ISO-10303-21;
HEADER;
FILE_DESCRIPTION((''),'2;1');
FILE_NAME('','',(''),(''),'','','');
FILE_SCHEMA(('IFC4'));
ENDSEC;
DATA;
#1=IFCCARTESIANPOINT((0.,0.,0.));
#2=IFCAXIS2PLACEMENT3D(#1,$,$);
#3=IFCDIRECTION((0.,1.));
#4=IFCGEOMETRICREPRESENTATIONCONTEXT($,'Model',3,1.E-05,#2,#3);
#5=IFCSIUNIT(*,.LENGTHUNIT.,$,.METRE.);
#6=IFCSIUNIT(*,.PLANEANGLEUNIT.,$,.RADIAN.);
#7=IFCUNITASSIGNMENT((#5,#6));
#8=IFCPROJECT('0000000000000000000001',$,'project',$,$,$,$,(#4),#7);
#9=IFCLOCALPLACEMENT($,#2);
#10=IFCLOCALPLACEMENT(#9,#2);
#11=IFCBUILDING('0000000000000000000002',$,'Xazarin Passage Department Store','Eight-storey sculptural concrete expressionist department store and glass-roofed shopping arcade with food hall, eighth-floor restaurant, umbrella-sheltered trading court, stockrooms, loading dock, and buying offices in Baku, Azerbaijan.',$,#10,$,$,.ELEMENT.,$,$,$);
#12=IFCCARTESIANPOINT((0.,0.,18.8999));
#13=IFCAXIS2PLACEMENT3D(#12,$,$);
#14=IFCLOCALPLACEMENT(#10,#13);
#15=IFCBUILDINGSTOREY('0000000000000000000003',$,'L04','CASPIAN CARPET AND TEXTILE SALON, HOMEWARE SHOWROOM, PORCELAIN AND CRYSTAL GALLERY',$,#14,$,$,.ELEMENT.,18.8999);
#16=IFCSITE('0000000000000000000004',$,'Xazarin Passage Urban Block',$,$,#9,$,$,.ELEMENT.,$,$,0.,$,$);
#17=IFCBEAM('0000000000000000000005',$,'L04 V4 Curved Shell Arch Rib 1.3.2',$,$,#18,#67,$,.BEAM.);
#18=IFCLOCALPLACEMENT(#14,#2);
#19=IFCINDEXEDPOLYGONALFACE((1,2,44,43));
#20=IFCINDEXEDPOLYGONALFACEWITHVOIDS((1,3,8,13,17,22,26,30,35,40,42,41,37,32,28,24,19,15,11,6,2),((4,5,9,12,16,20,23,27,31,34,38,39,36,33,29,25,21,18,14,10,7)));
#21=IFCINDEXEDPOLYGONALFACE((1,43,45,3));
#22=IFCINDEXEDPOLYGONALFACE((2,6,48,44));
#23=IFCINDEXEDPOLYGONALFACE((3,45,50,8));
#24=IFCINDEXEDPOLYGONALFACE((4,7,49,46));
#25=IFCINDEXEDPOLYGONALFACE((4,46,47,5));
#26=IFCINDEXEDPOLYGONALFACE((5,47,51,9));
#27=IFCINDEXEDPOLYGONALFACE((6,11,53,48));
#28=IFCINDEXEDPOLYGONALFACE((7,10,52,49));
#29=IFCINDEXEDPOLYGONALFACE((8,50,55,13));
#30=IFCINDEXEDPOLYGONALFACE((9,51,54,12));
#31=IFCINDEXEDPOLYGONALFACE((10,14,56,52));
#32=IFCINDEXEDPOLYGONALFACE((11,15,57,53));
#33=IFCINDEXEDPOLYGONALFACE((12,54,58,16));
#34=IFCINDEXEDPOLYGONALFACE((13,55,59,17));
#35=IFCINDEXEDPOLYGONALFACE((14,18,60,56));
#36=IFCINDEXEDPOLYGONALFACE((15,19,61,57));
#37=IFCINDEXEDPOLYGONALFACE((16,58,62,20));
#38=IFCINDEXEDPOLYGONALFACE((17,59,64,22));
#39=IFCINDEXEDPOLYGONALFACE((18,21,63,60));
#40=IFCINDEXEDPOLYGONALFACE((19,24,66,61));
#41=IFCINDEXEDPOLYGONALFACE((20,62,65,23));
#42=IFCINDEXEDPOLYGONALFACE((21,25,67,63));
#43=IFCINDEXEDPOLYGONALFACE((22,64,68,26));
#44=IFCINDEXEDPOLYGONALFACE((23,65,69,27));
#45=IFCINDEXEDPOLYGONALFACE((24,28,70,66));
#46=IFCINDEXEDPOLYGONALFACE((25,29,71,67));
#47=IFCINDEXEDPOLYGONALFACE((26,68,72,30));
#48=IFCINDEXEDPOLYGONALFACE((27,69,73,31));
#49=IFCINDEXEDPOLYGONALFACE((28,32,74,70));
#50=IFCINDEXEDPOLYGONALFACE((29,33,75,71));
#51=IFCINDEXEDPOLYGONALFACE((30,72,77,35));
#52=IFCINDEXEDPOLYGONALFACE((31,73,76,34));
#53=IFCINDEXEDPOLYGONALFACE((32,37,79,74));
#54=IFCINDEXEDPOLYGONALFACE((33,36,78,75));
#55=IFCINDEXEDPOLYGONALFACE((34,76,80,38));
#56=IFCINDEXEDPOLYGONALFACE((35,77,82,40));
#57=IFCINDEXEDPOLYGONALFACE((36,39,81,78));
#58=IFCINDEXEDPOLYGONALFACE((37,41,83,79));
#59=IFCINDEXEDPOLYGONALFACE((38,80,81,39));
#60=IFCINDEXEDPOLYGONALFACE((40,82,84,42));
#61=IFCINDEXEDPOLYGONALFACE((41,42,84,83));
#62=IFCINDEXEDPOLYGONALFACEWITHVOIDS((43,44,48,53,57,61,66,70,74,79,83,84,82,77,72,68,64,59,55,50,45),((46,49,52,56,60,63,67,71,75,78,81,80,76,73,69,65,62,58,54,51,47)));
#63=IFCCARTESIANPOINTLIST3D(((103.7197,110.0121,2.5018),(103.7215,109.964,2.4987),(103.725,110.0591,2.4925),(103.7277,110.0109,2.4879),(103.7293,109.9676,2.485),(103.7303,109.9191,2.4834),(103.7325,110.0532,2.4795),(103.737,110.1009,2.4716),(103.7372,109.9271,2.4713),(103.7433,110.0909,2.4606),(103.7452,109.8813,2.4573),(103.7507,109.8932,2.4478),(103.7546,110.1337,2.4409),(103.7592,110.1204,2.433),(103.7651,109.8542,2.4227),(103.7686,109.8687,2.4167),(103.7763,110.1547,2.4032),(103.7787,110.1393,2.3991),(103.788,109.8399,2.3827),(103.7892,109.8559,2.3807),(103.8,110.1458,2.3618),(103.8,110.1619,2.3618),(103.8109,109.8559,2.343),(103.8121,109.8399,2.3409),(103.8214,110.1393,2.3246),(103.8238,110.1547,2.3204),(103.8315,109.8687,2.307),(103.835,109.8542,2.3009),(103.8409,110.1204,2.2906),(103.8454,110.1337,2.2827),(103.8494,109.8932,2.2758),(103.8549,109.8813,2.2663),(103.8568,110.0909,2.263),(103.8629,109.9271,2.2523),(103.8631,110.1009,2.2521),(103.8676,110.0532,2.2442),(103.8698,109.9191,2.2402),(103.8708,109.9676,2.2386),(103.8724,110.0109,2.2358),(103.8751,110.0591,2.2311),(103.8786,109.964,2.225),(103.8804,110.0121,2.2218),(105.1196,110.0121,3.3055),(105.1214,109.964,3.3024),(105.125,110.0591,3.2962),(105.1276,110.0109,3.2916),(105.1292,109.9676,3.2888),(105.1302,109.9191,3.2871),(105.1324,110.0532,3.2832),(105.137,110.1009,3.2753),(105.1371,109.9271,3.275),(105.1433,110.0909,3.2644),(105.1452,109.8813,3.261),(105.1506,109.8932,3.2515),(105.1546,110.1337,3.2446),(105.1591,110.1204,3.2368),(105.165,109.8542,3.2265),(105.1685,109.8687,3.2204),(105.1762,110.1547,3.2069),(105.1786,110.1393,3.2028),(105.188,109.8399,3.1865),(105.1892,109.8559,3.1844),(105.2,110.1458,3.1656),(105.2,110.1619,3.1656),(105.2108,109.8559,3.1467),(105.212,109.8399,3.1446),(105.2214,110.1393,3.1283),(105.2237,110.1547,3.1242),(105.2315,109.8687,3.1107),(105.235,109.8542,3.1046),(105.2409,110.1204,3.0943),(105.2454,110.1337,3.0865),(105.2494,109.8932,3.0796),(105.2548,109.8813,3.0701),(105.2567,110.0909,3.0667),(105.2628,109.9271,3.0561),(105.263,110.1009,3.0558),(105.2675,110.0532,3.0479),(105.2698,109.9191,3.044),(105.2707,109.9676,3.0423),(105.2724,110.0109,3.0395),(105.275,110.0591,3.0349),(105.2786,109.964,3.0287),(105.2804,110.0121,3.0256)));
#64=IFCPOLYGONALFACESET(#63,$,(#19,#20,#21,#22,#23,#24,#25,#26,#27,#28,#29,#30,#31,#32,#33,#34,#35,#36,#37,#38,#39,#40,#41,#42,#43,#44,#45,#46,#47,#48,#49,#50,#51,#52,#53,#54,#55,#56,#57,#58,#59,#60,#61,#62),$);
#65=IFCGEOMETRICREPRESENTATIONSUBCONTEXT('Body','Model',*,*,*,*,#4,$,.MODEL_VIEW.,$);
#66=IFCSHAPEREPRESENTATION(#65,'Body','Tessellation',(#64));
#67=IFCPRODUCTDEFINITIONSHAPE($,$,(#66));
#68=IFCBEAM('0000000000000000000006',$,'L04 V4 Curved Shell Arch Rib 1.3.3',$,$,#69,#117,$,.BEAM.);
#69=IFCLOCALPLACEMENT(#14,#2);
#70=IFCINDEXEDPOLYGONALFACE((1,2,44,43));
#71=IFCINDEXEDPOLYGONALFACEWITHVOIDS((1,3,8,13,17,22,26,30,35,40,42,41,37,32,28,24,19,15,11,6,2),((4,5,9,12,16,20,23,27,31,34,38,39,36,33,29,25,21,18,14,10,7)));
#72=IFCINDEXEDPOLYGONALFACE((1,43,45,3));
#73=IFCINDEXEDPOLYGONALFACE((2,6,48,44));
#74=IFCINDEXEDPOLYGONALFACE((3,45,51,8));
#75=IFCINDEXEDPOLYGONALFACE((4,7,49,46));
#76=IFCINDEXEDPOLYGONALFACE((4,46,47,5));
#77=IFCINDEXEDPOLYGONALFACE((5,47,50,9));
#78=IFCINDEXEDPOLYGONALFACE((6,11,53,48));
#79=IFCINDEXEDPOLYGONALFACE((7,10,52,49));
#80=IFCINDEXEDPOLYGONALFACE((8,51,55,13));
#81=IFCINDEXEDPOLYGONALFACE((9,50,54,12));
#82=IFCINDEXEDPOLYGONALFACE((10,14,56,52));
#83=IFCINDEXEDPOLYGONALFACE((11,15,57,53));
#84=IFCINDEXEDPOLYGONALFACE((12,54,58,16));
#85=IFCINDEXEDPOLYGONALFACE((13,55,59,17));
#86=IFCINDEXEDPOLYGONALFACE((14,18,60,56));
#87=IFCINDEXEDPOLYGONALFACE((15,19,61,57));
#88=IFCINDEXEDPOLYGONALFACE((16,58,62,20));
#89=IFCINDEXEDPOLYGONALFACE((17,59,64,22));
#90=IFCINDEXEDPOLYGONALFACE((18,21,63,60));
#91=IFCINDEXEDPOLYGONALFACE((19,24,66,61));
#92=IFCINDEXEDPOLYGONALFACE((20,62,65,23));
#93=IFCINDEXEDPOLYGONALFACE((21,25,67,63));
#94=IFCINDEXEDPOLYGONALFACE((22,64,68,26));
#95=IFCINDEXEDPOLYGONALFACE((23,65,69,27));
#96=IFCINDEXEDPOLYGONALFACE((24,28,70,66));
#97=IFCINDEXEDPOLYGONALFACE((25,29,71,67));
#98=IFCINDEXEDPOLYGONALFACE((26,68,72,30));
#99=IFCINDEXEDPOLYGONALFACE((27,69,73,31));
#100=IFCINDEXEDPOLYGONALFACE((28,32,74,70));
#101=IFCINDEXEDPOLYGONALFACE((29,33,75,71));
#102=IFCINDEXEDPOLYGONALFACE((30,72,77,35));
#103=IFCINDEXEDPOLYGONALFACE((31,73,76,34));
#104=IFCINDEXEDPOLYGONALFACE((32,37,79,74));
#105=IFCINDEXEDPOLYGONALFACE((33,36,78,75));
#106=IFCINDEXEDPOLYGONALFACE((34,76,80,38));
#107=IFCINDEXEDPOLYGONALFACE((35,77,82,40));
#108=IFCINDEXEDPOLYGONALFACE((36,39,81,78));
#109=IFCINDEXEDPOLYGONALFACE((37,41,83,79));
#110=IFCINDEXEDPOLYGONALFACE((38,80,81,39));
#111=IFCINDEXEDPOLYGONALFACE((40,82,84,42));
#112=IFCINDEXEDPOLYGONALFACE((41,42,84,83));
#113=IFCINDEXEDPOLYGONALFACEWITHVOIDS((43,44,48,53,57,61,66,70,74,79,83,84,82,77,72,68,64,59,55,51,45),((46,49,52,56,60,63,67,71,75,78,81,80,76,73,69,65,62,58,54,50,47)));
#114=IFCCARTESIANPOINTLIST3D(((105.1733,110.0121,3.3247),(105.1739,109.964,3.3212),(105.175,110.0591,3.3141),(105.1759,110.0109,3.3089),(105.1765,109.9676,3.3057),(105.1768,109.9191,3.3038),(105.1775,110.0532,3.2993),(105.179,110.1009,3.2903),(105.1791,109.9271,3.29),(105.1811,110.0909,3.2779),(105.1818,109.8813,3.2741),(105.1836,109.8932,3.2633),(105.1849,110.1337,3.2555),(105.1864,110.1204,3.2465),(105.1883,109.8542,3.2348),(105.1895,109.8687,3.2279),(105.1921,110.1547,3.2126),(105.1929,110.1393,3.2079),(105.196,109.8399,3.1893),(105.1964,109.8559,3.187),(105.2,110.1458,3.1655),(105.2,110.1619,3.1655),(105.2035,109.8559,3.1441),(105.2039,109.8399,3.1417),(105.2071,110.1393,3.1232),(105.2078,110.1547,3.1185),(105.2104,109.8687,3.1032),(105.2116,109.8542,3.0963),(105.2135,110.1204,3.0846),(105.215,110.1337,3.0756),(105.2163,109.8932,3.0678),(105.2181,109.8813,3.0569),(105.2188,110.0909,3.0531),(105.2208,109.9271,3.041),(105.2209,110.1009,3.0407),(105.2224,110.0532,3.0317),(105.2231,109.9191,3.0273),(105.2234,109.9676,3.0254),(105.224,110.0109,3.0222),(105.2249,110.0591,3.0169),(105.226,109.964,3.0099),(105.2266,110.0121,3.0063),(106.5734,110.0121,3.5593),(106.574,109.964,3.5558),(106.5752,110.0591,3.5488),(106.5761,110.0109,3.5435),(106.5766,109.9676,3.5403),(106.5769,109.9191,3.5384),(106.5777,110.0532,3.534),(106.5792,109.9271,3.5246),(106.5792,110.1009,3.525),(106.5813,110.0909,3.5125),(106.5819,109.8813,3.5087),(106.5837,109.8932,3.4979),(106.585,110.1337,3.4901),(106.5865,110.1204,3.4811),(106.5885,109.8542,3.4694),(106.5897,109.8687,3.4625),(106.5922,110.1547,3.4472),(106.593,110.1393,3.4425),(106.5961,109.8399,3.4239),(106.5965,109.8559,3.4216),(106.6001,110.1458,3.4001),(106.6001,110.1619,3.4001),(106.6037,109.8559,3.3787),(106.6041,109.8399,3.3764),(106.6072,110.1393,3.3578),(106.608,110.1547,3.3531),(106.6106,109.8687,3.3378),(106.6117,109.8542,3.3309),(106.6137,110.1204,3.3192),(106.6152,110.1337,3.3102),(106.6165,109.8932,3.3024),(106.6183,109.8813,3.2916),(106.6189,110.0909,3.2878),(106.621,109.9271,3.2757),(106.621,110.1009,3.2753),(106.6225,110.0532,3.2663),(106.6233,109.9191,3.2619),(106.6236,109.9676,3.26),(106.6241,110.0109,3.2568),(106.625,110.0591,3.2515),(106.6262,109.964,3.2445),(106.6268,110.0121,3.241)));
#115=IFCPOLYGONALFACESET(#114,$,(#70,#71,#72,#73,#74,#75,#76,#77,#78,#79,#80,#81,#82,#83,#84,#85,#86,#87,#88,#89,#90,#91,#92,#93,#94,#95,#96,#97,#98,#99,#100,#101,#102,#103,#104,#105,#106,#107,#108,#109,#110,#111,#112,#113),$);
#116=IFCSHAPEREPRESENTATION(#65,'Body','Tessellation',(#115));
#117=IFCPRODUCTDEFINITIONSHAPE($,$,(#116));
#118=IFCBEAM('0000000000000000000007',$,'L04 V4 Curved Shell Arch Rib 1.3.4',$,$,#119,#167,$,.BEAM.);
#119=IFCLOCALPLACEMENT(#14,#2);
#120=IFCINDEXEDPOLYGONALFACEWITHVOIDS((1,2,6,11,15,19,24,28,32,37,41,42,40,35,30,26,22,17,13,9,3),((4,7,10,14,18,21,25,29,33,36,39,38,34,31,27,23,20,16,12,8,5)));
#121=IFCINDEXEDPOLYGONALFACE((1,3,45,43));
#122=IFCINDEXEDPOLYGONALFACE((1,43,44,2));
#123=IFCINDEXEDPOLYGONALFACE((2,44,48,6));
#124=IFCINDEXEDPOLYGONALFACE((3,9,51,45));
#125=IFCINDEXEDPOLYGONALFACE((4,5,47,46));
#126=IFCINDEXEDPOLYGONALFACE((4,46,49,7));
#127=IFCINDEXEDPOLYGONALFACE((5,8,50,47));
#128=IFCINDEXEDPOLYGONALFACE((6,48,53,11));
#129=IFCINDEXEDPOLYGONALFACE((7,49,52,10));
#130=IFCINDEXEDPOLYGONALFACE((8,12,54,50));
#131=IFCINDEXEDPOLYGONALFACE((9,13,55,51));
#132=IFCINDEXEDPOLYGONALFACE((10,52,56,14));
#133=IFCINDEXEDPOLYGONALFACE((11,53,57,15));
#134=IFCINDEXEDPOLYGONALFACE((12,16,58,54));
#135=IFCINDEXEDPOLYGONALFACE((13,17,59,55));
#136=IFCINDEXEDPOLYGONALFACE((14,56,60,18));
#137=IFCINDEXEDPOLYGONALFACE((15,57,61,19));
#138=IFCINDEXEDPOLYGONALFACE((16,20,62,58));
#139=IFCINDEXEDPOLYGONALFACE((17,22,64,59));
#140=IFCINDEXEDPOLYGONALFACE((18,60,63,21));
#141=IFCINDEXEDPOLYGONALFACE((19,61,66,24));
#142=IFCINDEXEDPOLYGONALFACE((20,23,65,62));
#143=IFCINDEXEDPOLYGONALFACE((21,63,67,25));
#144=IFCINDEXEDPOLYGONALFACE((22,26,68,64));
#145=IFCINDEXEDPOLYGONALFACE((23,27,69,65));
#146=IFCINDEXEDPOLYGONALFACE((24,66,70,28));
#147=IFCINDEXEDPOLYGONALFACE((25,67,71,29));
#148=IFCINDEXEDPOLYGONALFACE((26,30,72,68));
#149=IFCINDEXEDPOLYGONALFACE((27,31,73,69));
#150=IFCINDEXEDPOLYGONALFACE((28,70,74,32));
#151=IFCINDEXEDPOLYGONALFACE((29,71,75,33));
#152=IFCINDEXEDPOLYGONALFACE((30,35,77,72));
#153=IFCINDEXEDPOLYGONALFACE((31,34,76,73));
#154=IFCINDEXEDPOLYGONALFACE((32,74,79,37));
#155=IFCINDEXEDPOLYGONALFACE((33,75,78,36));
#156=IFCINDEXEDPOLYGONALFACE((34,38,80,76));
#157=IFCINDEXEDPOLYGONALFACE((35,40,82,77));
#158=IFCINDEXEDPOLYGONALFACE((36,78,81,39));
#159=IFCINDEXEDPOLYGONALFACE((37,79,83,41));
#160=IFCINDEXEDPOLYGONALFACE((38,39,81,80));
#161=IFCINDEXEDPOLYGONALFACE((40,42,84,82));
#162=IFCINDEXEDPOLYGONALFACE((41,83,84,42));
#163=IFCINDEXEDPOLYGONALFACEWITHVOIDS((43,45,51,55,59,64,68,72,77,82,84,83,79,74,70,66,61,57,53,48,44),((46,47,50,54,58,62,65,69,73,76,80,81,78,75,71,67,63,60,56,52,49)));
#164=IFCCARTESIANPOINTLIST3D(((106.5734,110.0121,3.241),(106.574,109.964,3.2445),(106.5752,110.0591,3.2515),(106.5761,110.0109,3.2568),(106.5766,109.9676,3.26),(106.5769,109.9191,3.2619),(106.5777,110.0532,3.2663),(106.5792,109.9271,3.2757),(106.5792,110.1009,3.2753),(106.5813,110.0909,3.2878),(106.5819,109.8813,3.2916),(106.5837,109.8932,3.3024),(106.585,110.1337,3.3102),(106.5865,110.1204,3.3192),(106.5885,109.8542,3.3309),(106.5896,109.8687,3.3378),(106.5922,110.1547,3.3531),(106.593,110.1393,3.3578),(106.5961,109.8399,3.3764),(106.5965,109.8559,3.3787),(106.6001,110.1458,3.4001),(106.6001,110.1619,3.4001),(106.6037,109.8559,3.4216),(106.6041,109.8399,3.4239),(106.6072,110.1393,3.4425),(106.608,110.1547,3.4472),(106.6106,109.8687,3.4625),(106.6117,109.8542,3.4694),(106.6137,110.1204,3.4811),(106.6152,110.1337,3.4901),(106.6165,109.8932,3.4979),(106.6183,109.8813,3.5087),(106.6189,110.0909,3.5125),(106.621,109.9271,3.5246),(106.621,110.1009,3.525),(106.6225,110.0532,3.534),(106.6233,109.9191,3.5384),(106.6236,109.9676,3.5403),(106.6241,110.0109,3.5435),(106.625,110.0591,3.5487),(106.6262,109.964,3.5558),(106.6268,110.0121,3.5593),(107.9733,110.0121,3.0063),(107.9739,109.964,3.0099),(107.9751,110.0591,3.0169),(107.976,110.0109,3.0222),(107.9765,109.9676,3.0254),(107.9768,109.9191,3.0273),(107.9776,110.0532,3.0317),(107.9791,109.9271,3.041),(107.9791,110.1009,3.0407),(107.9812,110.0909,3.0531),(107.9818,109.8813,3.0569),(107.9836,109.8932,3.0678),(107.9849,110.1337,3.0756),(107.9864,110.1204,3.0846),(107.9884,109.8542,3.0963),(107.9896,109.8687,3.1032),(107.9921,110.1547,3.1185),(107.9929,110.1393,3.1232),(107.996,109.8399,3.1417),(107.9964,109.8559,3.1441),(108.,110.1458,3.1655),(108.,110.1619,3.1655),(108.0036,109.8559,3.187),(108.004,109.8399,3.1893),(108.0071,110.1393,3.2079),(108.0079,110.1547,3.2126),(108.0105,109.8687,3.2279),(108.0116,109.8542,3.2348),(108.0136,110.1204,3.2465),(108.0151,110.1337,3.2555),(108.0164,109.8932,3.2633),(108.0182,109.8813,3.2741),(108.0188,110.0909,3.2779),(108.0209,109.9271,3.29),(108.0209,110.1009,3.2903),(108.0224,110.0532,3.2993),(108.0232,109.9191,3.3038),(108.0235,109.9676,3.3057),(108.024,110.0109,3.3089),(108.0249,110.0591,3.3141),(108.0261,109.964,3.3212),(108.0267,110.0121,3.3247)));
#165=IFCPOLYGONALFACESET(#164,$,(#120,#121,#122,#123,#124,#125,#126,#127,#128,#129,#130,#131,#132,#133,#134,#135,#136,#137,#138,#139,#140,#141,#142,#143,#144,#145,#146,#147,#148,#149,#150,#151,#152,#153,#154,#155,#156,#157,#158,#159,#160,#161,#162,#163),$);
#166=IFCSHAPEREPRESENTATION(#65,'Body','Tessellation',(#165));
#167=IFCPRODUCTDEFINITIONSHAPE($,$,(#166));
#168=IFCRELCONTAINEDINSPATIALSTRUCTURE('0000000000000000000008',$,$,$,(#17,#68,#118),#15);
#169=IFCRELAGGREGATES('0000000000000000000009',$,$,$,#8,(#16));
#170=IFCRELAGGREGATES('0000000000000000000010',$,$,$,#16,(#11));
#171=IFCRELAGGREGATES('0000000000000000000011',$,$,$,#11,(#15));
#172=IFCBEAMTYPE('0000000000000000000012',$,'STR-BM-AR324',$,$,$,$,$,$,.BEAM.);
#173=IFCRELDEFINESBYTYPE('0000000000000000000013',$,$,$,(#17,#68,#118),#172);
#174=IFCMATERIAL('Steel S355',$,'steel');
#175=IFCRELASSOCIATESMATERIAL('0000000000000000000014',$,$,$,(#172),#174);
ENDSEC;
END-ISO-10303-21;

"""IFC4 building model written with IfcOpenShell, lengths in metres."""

from ifc_helpers import new_model, si_unit, direction, frame, origin, origin_2d, place, context, subcontext, project, spatial, hollow_circle, extrude, material, material_profile, profile_set, type_object, element, save


model = new_model("IFC4")

# Units and contexts
model_context = context("Model", 3, precision=1e-05, world=origin(), true_north=direction((0.0, 1.0)))
body_context = subcontext(model_context, "Body", "Model", "MODEL_VIEW")
ifc_project = project(units=[si_unit("LENGTHUNIT", "METRE"), si_unit("PLANEANGLEUNIT", "RADIAN")], contexts=[model_context])

# Site, building, storey
site_placement = place(None, origin())
site = spatial("IfcSite", under=ifc_project, at=site_placement, Name="Xazarin Passage Urban Block", CompositionType="ELEMENT", RefElevation=0.0)
building_placement = place(site_placement, origin())
building = spatial("IfcBuilding", under=site, at=building_placement, Name="Xazarin Passage Department Store", Description="Eight-storey sculptural concrete expressionist department store and glass-roofed shopping arcade with food hall, eighth-floor restaurant, umbrella-sheltered trading court, stockrooms, loading dock, and buying offices in Baku, Azerbaijan.", CompositionType="ELEMENT")
storey_placement = place(building_placement, frame((0.0, 0.0, 18.8999)))
storey = spatial("IfcBuildingStorey", under=building, at=storey_placement, Name="L04", Description="CASPIAN CARPET AND TEXTILE SALON, HOMEWARE SHOWROOM, PORCELAIN AND CRYSTAL GALLERY", CompositionType="ELEMENT", Elevation=18.8999)

# Beams
ifc_material_1 = material(Name="Steel S355", Category="steel")
ifc_material_profile_1 = material_profile(ifc_material_1, hollow_circle(Radius=0.1619, WallThickness=0.0161, at=origin_2d()), Name="CHS 323.9x16")
ifc_profile_set_1 = profile_set([ifc_material_profile_1], Name="Steel S355")
beam_type_1 = type_object("IfcBeamType", Name="STR-BM-AR324", PredefinedType="BEAM", material=ifc_profile_set_1)
beam_1_placement = place(storey_placement, frame((103.8, 110.0, 2.3618), z_axis=(0.867236, 0.0, 0.497897), x_axis=(0.0, 1.0, 0.0)))
element("IfcBeam", 1, at=beam_1_placement, inside=storey, type_object=beam_type_1, Name="L04 V4 Curved Shell Arch Rib 1.3.2", PredefinedType="BEAM", context=body_context, shape_type="SweptSolid", body=[
    extrude(hollow_circle(Radius=0.1619, WallThickness=0.0161, at=origin_2d()), origin(), (0.0, 0.0, 1.0), 1.6143),
])
beam_2_placement = place(storey_placement, frame((105.2, 110.0, 3.1655), z_axis=(0.986249, 0.0, 0.165263), x_axis=(0.0, 1.0, 0.0)))
element("IfcBeam", 2, at=beam_2_placement, inside=storey, type_object=beam_type_1, Name="L04 V4 Curved Shell Arch Rib 1.3.3", PredefinedType="BEAM", context=body_context, shape_type="SweptSolid", body=[
    extrude(hollow_circle(Radius=0.1619, WallThickness=0.0161, at=origin_2d()), origin(), (0.0, 0.0, 1.0), 1.4197),
])
beam_3_placement = place(storey_placement, frame((106.6001, 110.0, 3.4001), z_axis=(0.986245, 0.0, -0.165291), x_axis=(0.0, 1.0, 0.0)))
element("IfcBeam", 3, at=beam_3_placement, inside=storey, type_object=beam_type_1, Name="L04 V4 Curved Shell Arch Rib 1.3.4", PredefinedType="BEAM", context=body_context, shape_type="SweptSolid", body=[
    extrude(hollow_circle(Radius=0.1619, WallThickness=0.0161, at=origin_2d()), origin(), (0.0, 0.0, 1.0), 1.4194),
])

save(model, "model.ifc")
